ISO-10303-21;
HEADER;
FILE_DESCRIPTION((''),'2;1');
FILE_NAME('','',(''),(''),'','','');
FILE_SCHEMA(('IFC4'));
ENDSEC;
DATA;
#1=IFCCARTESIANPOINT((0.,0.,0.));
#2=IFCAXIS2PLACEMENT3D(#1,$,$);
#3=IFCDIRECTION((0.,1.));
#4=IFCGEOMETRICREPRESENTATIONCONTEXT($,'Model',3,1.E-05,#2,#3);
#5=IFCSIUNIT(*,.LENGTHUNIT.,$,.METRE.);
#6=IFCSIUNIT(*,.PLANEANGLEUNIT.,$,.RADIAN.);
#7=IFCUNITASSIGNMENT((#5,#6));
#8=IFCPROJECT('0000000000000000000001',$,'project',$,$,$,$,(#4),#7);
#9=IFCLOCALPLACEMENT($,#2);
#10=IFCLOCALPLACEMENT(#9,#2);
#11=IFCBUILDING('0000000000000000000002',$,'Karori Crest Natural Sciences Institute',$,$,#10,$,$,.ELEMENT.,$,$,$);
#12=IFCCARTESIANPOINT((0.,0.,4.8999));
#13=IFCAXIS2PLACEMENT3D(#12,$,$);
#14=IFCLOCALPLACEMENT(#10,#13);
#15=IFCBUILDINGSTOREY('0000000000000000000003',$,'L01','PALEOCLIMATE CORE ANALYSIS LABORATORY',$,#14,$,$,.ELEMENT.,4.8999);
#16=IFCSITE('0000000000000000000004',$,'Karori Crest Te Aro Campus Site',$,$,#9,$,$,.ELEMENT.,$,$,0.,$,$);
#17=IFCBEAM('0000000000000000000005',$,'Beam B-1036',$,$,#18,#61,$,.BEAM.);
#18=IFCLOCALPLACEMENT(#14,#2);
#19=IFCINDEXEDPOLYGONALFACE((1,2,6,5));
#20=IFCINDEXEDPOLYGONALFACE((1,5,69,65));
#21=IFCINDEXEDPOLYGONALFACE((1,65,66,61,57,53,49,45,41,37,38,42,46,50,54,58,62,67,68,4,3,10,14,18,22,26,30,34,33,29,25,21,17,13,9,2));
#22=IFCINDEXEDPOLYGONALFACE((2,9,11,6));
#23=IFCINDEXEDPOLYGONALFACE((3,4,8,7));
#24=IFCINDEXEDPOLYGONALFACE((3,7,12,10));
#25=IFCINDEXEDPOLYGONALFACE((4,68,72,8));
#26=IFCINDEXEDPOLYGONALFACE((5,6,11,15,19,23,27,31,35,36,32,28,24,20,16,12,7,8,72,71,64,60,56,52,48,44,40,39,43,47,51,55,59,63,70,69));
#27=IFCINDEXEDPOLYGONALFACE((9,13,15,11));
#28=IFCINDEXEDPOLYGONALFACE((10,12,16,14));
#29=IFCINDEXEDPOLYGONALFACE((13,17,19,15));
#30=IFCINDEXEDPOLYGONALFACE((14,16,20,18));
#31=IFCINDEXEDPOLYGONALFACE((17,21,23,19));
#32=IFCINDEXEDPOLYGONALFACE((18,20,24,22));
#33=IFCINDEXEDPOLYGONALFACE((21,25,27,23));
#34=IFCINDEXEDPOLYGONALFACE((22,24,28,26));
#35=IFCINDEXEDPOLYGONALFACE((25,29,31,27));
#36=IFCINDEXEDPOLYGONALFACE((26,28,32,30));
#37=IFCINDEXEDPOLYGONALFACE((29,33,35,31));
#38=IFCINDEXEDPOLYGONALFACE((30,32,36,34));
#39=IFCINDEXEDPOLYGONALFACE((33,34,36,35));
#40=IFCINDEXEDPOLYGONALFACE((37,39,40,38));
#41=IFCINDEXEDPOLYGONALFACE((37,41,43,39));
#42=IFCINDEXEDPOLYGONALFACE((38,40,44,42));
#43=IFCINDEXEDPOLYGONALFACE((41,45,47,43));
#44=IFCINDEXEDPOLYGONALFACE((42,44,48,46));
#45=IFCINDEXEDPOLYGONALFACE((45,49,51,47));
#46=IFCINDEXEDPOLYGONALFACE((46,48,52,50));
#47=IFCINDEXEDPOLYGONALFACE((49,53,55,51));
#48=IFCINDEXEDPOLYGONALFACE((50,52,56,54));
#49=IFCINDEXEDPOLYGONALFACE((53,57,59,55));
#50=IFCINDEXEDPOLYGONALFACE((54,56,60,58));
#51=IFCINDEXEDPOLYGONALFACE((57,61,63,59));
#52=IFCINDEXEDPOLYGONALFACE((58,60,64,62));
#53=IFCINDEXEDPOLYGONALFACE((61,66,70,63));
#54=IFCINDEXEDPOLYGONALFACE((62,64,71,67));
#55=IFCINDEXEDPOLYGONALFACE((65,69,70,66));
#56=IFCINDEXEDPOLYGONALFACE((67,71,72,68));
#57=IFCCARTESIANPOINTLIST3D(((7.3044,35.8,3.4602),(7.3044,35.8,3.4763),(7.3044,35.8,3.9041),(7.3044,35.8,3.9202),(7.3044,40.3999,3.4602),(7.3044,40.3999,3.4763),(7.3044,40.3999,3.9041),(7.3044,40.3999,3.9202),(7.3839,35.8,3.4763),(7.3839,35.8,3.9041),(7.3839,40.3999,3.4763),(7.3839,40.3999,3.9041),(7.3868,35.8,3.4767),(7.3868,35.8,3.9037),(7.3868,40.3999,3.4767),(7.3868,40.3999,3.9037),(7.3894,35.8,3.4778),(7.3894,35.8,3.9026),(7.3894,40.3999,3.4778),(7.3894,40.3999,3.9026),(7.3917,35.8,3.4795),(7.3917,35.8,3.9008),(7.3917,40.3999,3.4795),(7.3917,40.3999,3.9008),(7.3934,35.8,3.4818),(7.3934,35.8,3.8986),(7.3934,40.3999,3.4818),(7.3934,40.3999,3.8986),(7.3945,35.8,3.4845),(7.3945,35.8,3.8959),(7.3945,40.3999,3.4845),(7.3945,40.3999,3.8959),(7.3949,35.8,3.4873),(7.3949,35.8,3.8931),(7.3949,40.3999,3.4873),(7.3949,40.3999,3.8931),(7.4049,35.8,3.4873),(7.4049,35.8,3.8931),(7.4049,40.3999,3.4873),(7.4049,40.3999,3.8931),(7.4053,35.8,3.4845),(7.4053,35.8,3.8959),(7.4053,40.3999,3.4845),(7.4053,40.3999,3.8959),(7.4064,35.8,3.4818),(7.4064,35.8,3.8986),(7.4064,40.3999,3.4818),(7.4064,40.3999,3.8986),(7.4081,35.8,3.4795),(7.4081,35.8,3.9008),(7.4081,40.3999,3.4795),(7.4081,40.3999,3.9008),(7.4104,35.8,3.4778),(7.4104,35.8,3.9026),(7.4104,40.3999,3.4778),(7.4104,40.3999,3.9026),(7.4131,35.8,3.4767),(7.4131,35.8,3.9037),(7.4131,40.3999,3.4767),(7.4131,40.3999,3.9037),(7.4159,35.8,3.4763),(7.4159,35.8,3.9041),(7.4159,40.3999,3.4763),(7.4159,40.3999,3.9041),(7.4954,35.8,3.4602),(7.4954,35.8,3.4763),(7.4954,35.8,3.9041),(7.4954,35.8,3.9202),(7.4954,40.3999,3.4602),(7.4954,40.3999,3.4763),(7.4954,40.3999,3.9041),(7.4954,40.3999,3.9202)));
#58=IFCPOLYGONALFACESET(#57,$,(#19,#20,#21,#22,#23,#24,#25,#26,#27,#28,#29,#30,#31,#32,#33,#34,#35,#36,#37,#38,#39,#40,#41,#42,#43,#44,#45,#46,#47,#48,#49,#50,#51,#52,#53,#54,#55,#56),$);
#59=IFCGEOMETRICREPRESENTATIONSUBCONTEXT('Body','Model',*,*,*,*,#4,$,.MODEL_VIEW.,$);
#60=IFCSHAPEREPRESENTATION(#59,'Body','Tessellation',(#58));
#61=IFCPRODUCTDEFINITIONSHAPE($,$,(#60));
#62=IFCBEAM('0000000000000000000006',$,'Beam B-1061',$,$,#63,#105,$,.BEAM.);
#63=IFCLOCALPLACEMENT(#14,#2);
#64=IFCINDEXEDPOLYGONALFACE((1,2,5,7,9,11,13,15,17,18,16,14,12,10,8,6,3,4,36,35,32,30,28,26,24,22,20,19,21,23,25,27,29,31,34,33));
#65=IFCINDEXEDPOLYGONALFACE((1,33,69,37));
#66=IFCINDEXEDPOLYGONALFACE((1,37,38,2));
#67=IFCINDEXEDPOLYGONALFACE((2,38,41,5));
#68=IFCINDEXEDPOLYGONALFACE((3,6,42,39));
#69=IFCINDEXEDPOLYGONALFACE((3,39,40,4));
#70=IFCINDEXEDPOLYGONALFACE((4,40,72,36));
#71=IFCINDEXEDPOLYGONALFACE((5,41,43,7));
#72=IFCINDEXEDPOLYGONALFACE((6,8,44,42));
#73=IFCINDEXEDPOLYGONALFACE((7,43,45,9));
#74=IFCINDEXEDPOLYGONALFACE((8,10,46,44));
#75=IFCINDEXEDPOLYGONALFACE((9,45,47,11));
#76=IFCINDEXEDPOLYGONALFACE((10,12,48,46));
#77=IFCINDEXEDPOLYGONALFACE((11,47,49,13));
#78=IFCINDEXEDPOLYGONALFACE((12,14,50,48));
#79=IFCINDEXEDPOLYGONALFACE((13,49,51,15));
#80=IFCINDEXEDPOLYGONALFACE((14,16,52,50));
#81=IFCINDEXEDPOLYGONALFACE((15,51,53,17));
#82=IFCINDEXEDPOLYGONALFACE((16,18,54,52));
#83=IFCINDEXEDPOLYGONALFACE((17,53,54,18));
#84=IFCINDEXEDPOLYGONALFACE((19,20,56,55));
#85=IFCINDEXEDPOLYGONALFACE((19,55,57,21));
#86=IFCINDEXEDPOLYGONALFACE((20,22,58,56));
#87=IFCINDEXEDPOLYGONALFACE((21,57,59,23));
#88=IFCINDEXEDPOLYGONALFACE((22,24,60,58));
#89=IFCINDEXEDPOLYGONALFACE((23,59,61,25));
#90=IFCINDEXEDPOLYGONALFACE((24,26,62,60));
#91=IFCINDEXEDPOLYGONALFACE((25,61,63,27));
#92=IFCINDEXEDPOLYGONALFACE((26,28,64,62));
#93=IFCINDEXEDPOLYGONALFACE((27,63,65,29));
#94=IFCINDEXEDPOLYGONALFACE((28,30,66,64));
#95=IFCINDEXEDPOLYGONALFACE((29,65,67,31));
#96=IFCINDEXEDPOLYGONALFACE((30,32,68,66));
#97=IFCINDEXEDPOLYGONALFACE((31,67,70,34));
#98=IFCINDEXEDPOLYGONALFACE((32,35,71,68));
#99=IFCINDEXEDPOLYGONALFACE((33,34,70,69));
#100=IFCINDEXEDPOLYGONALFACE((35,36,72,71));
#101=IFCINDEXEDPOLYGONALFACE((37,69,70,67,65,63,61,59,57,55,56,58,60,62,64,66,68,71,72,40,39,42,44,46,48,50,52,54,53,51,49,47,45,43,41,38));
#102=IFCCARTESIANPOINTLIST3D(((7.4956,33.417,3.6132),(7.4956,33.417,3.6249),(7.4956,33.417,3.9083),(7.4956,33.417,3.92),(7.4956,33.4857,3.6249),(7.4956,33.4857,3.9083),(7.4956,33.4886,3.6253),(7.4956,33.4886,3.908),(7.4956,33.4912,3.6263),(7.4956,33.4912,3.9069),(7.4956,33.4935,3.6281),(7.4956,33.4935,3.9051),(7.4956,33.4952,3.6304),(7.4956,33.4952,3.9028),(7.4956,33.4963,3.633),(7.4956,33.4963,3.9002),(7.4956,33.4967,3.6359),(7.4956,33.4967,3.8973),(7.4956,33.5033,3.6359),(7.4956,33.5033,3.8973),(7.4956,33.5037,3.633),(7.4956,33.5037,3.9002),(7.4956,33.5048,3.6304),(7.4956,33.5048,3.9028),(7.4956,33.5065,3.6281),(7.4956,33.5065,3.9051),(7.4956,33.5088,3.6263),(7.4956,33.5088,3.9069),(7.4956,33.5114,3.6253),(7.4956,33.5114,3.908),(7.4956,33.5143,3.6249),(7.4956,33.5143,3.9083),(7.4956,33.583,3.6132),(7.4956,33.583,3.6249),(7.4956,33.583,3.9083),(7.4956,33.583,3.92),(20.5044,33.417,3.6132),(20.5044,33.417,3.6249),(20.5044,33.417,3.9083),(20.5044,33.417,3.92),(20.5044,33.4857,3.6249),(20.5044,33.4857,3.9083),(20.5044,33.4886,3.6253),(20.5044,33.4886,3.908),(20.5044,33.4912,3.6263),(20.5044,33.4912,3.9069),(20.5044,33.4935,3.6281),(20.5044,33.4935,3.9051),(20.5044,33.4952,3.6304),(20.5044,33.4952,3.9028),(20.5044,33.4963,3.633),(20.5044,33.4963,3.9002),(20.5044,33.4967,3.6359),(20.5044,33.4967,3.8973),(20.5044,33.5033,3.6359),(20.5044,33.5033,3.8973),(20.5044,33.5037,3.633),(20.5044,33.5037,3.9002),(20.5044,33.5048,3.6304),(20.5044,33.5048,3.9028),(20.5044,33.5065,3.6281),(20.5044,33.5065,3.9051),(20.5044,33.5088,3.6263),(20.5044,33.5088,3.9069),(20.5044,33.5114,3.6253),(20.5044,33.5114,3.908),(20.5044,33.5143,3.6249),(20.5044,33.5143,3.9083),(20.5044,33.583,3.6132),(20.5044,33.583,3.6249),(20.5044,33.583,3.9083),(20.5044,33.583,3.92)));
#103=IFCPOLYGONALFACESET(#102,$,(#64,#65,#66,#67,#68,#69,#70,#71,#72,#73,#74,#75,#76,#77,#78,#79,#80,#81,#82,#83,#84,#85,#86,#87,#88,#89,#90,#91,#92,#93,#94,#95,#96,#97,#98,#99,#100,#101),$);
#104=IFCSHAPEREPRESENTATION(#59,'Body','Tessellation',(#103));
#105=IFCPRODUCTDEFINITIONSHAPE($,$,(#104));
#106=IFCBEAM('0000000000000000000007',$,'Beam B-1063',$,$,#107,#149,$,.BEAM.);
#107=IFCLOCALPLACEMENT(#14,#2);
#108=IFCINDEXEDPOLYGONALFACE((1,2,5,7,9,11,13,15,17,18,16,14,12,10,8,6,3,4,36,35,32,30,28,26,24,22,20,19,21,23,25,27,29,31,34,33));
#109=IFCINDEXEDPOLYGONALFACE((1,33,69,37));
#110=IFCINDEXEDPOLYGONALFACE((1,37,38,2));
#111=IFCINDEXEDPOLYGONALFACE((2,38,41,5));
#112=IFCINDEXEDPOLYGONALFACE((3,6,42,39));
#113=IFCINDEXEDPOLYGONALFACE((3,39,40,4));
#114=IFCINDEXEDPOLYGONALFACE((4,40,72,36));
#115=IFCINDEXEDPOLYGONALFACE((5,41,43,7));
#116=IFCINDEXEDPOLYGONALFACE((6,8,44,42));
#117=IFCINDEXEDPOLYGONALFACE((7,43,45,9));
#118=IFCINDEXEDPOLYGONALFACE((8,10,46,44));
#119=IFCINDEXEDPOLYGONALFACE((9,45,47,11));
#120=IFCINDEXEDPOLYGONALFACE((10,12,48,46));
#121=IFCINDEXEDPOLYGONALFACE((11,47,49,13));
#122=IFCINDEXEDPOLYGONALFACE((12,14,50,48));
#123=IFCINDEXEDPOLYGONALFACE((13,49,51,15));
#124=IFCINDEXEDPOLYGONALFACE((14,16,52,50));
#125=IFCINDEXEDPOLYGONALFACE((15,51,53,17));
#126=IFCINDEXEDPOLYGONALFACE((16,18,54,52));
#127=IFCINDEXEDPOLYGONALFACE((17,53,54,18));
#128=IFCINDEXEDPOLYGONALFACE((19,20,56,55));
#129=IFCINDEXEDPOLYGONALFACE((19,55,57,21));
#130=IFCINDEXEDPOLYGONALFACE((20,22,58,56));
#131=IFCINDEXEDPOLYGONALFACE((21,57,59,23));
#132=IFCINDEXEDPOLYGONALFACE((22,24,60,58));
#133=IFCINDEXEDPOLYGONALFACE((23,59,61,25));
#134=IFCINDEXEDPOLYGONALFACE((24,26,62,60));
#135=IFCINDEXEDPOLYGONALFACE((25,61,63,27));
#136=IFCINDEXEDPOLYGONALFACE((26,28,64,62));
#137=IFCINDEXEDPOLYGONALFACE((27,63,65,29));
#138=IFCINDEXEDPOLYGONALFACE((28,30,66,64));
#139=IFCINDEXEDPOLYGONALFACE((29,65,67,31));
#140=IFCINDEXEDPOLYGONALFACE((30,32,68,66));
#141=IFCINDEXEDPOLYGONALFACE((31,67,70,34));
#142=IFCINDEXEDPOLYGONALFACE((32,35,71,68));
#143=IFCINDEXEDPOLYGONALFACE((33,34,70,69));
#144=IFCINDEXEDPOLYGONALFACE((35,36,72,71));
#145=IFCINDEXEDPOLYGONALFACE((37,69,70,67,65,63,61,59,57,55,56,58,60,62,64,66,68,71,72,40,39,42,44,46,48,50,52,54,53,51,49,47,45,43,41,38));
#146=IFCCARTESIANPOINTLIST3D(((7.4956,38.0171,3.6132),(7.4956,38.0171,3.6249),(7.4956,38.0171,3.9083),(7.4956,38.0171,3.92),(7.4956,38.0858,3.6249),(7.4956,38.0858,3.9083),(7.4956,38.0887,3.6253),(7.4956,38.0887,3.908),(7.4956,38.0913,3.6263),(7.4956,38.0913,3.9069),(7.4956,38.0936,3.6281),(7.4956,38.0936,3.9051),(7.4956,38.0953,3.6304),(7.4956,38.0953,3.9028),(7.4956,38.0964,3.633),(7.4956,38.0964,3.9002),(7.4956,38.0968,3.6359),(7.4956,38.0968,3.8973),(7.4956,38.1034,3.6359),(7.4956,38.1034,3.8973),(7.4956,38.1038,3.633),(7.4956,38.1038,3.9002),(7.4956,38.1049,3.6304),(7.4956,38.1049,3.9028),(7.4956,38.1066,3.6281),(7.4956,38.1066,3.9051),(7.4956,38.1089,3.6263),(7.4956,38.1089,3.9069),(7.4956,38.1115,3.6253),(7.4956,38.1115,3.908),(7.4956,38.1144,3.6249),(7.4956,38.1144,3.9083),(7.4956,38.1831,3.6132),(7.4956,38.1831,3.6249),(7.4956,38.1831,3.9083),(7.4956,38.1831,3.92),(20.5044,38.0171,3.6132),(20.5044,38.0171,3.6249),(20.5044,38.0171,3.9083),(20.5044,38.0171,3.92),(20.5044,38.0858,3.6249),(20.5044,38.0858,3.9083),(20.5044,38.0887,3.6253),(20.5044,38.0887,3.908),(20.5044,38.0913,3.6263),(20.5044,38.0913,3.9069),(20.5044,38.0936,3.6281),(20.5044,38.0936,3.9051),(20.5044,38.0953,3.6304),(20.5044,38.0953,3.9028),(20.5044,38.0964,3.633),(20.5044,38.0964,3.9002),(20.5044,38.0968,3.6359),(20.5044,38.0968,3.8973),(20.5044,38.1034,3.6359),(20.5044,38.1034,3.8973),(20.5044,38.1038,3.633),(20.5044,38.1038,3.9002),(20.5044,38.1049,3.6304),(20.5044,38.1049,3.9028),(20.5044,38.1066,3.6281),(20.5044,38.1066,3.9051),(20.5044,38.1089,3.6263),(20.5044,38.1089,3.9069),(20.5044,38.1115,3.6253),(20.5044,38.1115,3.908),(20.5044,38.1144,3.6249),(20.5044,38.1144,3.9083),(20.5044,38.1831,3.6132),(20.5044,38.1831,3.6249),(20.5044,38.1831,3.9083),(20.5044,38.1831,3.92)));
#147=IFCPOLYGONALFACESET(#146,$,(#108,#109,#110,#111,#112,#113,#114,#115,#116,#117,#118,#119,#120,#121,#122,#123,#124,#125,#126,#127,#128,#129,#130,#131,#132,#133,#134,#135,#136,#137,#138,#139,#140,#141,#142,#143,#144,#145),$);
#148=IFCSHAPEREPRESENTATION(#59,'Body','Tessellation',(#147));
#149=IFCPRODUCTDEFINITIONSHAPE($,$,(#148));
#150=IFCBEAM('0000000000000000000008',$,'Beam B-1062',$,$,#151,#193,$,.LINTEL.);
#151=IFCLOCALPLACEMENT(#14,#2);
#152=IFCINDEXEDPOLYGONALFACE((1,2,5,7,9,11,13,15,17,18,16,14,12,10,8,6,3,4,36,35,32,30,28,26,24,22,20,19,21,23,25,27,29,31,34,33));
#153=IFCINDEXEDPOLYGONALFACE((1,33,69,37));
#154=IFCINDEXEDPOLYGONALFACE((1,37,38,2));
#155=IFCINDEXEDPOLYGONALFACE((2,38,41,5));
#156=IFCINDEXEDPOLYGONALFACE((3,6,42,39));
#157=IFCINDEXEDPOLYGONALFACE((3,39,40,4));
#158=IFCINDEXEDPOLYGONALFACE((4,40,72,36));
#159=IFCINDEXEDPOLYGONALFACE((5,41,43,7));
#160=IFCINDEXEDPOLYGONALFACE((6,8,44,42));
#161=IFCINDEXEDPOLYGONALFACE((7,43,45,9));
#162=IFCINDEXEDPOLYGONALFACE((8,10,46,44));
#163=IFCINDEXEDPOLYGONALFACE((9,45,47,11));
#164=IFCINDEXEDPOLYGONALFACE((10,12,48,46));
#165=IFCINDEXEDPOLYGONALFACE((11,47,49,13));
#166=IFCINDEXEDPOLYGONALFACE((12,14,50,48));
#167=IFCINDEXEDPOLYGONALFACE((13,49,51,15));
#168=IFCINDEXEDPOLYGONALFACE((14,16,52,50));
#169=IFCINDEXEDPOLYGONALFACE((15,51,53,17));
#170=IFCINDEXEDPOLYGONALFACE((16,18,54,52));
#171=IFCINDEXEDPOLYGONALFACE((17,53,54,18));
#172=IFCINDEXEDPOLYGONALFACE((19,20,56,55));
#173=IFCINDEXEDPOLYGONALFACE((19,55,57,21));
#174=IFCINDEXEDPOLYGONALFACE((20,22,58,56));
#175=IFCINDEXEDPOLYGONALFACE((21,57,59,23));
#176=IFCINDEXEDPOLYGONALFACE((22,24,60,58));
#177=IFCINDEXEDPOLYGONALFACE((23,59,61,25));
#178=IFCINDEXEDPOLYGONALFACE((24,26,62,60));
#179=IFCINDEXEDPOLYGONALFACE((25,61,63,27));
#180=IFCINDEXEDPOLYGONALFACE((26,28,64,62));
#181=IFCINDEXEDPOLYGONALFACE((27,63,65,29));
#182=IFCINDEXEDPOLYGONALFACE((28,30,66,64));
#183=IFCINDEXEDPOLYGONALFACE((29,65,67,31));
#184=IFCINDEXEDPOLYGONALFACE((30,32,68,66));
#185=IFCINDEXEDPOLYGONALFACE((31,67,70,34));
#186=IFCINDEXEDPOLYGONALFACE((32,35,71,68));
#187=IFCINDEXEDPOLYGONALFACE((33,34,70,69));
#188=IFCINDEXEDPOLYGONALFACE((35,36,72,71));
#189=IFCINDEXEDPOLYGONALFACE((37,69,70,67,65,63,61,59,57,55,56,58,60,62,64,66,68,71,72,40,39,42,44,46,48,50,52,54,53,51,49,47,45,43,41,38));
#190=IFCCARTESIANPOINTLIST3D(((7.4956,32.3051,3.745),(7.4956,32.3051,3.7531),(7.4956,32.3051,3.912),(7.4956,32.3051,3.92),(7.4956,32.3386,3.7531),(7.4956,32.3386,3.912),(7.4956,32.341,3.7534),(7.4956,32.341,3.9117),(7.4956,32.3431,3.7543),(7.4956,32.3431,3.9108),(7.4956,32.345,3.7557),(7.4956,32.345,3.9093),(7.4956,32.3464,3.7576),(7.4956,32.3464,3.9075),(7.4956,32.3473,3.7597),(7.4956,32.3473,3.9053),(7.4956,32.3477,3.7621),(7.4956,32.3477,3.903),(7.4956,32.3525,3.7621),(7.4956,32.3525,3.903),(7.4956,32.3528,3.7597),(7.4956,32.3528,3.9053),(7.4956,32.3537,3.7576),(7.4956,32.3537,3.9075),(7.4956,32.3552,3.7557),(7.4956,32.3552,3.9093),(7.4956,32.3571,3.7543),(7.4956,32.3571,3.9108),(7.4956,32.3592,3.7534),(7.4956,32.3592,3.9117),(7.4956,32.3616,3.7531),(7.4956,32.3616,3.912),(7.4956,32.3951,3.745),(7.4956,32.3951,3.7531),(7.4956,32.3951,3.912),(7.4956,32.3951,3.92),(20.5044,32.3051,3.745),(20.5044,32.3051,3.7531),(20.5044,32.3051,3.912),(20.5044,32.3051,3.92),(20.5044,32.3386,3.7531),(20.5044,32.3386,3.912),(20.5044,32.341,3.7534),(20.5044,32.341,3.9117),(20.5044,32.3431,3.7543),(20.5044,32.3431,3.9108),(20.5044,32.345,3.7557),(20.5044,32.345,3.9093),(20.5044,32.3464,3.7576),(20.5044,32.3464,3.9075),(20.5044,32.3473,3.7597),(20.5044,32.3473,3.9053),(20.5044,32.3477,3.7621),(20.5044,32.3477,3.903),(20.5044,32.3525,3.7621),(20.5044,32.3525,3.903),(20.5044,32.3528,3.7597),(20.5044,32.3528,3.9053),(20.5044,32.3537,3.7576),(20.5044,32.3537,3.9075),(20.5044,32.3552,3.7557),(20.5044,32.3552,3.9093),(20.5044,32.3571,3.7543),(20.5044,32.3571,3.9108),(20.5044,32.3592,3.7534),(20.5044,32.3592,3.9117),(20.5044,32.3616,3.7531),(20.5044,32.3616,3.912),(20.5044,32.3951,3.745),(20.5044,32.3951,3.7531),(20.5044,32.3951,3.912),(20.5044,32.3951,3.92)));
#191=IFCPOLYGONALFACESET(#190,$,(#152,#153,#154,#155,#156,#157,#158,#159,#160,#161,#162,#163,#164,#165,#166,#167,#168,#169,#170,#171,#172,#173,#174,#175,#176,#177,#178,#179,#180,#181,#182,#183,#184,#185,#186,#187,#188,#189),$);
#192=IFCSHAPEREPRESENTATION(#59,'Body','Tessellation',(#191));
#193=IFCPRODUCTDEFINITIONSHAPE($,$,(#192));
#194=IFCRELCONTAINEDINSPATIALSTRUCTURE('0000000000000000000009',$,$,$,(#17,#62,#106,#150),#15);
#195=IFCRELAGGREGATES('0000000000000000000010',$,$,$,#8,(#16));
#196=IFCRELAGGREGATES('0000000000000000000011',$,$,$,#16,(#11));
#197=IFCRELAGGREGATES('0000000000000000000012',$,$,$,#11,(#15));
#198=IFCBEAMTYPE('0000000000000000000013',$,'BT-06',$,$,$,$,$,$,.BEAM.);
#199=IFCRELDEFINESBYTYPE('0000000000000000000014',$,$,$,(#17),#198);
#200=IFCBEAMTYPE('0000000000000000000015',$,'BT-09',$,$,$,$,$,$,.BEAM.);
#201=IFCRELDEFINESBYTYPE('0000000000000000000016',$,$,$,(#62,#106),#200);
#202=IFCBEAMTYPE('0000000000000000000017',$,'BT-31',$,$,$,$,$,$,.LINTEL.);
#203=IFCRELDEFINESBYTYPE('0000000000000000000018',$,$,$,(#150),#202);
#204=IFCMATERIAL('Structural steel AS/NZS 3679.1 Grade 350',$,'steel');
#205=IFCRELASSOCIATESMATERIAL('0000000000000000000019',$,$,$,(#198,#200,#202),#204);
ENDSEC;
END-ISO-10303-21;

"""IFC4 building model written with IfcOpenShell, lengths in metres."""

from ifc_helpers import new_model, si_unit, direction, frame, origin, origin_2d, place, context, subcontext, project, spatial, i_section, extrude, material, material_profile, profile_set, type_object, element, save


model = new_model("IFC4")

# Units and contexts
model_context = context("Model", 3, precision=1e-05, world=origin(), true_north=direction((0.0, 1.0)))
body_context = subcontext(model_context, "Body", "Model", "MODEL_VIEW")
ifc_project = project(units=[si_unit("LENGTHUNIT", "METRE"), si_unit("PLANEANGLEUNIT", "RADIAN")], contexts=[model_context])

# Site, building, storey
site_placement = place(None, origin())
site = spatial("IfcSite", under=ifc_project, at=site_placement, Name="Karori Crest Te Aro Campus Site", CompositionType="ELEMENT", RefElevation=0.0)
building_placement = place(site_placement, origin())
building = spatial("IfcBuilding", under=site, at=building_placement, Name="Karori Crest Natural Sciences Institute", CompositionType="ELEMENT")
storey_placement = place(building_placement, frame((0.0, 0.0, 4.8999)))
storey = spatial("IfcBuildingStorey", under=building, at=storey_placement, Name="L01", Description="PALEOCLIMATE CORE ANALYSIS LABORATORY", CompositionType="ELEMENT", Elevation=4.8999)

# Shared definitions
ifc_material_1 = material(Name="Structural steel AS/NZS 3679.1 Grade 350", Category="steel")

# Beams
ifc_material_profile_1 = material_profile(ifc_material_1, i_section(OverallWidth=0.1909, OverallDepth=0.46, WebThickness=0.01, FlangeThickness=0.0161, FilletRadius=0.011, at=origin_2d()), Name="460UB82.1")
ifc_profile_set_1 = profile_set([ifc_material_profile_1], Name="Structural steel AS/NZS 3679.1 Grade 350")
beam_type_1 = type_object("IfcBeamType", Name="BT-06", PredefinedType="BEAM", material=ifc_profile_set_1)
beam_1_placement = place(storey_placement, frame((7.3999, 35.8, 3.6902), z_axis=(0.0, 1.0, 0.0), x_axis=(-1.0, 0.0, 0.0)))
element("IfcBeam", 1, at=beam_1_placement, inside=storey, type_object=beam_type_1, Name="Beam B-1036", PredefinedType="BEAM", context=body_context, shape_type="SweptSolid", body=[
    extrude(i_section(OverallWidth=0.1909, OverallDepth=0.46, WebThickness=0.01, FlangeThickness=0.0161, FilletRadius=0.011, at=origin_2d()), origin(), (0.0, 0.0, 1.0), 4.5999),
])
ifc_material_profile_2 = material_profile(ifc_material_1, i_section(OverallWidth=0.166, OverallDepth=0.3069, WebThickness=0.0066, FlangeThickness=0.0117, FilletRadius=0.011, at=origin_2d()), Name="310UB46.2")
ifc_profile_set_2 = profile_set([ifc_material_profile_2], Name="Structural steel AS/NZS 3679.1 Grade 350")
beam_type_2 = type_object("IfcBeamType", Name="BT-09", PredefinedType="BEAM", material=ifc_profile_set_2)
for number, where, z_axis, x_axis, name in (
    (2, (7.4956, 33.5, 3.7666), (1.0, 0.0, 0.0), (0.0, 1.0, 0.0), "Beam B-1061"),
    (3, (7.4956, 38.1001, 3.7666), (1.0, 0.0, 0.0), (0.0, 1.0, 0.0), "Beam B-1063"),
):
    element("IfcBeam", number, at=place(storey_placement, frame(where, z_axis=z_axis, x_axis=x_axis)), inside=storey, type_object=beam_type_2, Name=name, PredefinedType="BEAM", context=body_context, shape_type="SweptSolid", body=[
        extrude(i_section(OverallWidth=0.166, OverallDepth=0.3069, WebThickness=0.0066, FlangeThickness=0.0117, FilletRadius=0.011, at=origin_2d()), origin(), (0.0, 0.0, 1.0), 13.0088),
    ])
ifc_material_profile_3 = material_profile(ifc_material_1, i_section(OverallWidth=0.0901, OverallDepth=0.175, WebThickness=0.0049, FlangeThickness=0.0081, FilletRadius=0.009, at=origin_2d()), Name="180UB18.1")
ifc_profile_set_3 = profile_set([ifc_material_profile_3], Name="Structural steel AS/NZS 3679.1 Grade 350")
beam_type_3 = type_object("IfcBeamType", Name="BT-31", PredefinedType="LINTEL", material=ifc_profile_set_3)
beam_2_placement = place(storey_placement, frame((7.4956, 32.3501, 3.8325), z_axis=(1.0, 0.0, 0.0), x_axis=(0.0, 1.0, 0.0)))
element("IfcBeam", 4, at=beam_2_placement, inside=storey, type_object=beam_type_3, Name="Beam B-1062", PredefinedType="LINTEL", context=body_context, shape_type="SweptSolid", body=[
    extrude(i_section(OverallWidth=0.0901, OverallDepth=0.175, WebThickness=0.0049, FlangeThickness=0.0081, FilletRadius=0.009, at=origin_2d()), origin(), (0.0, 0.0, 1.0), 13.0088),
])

save(model, "model.ifc")
